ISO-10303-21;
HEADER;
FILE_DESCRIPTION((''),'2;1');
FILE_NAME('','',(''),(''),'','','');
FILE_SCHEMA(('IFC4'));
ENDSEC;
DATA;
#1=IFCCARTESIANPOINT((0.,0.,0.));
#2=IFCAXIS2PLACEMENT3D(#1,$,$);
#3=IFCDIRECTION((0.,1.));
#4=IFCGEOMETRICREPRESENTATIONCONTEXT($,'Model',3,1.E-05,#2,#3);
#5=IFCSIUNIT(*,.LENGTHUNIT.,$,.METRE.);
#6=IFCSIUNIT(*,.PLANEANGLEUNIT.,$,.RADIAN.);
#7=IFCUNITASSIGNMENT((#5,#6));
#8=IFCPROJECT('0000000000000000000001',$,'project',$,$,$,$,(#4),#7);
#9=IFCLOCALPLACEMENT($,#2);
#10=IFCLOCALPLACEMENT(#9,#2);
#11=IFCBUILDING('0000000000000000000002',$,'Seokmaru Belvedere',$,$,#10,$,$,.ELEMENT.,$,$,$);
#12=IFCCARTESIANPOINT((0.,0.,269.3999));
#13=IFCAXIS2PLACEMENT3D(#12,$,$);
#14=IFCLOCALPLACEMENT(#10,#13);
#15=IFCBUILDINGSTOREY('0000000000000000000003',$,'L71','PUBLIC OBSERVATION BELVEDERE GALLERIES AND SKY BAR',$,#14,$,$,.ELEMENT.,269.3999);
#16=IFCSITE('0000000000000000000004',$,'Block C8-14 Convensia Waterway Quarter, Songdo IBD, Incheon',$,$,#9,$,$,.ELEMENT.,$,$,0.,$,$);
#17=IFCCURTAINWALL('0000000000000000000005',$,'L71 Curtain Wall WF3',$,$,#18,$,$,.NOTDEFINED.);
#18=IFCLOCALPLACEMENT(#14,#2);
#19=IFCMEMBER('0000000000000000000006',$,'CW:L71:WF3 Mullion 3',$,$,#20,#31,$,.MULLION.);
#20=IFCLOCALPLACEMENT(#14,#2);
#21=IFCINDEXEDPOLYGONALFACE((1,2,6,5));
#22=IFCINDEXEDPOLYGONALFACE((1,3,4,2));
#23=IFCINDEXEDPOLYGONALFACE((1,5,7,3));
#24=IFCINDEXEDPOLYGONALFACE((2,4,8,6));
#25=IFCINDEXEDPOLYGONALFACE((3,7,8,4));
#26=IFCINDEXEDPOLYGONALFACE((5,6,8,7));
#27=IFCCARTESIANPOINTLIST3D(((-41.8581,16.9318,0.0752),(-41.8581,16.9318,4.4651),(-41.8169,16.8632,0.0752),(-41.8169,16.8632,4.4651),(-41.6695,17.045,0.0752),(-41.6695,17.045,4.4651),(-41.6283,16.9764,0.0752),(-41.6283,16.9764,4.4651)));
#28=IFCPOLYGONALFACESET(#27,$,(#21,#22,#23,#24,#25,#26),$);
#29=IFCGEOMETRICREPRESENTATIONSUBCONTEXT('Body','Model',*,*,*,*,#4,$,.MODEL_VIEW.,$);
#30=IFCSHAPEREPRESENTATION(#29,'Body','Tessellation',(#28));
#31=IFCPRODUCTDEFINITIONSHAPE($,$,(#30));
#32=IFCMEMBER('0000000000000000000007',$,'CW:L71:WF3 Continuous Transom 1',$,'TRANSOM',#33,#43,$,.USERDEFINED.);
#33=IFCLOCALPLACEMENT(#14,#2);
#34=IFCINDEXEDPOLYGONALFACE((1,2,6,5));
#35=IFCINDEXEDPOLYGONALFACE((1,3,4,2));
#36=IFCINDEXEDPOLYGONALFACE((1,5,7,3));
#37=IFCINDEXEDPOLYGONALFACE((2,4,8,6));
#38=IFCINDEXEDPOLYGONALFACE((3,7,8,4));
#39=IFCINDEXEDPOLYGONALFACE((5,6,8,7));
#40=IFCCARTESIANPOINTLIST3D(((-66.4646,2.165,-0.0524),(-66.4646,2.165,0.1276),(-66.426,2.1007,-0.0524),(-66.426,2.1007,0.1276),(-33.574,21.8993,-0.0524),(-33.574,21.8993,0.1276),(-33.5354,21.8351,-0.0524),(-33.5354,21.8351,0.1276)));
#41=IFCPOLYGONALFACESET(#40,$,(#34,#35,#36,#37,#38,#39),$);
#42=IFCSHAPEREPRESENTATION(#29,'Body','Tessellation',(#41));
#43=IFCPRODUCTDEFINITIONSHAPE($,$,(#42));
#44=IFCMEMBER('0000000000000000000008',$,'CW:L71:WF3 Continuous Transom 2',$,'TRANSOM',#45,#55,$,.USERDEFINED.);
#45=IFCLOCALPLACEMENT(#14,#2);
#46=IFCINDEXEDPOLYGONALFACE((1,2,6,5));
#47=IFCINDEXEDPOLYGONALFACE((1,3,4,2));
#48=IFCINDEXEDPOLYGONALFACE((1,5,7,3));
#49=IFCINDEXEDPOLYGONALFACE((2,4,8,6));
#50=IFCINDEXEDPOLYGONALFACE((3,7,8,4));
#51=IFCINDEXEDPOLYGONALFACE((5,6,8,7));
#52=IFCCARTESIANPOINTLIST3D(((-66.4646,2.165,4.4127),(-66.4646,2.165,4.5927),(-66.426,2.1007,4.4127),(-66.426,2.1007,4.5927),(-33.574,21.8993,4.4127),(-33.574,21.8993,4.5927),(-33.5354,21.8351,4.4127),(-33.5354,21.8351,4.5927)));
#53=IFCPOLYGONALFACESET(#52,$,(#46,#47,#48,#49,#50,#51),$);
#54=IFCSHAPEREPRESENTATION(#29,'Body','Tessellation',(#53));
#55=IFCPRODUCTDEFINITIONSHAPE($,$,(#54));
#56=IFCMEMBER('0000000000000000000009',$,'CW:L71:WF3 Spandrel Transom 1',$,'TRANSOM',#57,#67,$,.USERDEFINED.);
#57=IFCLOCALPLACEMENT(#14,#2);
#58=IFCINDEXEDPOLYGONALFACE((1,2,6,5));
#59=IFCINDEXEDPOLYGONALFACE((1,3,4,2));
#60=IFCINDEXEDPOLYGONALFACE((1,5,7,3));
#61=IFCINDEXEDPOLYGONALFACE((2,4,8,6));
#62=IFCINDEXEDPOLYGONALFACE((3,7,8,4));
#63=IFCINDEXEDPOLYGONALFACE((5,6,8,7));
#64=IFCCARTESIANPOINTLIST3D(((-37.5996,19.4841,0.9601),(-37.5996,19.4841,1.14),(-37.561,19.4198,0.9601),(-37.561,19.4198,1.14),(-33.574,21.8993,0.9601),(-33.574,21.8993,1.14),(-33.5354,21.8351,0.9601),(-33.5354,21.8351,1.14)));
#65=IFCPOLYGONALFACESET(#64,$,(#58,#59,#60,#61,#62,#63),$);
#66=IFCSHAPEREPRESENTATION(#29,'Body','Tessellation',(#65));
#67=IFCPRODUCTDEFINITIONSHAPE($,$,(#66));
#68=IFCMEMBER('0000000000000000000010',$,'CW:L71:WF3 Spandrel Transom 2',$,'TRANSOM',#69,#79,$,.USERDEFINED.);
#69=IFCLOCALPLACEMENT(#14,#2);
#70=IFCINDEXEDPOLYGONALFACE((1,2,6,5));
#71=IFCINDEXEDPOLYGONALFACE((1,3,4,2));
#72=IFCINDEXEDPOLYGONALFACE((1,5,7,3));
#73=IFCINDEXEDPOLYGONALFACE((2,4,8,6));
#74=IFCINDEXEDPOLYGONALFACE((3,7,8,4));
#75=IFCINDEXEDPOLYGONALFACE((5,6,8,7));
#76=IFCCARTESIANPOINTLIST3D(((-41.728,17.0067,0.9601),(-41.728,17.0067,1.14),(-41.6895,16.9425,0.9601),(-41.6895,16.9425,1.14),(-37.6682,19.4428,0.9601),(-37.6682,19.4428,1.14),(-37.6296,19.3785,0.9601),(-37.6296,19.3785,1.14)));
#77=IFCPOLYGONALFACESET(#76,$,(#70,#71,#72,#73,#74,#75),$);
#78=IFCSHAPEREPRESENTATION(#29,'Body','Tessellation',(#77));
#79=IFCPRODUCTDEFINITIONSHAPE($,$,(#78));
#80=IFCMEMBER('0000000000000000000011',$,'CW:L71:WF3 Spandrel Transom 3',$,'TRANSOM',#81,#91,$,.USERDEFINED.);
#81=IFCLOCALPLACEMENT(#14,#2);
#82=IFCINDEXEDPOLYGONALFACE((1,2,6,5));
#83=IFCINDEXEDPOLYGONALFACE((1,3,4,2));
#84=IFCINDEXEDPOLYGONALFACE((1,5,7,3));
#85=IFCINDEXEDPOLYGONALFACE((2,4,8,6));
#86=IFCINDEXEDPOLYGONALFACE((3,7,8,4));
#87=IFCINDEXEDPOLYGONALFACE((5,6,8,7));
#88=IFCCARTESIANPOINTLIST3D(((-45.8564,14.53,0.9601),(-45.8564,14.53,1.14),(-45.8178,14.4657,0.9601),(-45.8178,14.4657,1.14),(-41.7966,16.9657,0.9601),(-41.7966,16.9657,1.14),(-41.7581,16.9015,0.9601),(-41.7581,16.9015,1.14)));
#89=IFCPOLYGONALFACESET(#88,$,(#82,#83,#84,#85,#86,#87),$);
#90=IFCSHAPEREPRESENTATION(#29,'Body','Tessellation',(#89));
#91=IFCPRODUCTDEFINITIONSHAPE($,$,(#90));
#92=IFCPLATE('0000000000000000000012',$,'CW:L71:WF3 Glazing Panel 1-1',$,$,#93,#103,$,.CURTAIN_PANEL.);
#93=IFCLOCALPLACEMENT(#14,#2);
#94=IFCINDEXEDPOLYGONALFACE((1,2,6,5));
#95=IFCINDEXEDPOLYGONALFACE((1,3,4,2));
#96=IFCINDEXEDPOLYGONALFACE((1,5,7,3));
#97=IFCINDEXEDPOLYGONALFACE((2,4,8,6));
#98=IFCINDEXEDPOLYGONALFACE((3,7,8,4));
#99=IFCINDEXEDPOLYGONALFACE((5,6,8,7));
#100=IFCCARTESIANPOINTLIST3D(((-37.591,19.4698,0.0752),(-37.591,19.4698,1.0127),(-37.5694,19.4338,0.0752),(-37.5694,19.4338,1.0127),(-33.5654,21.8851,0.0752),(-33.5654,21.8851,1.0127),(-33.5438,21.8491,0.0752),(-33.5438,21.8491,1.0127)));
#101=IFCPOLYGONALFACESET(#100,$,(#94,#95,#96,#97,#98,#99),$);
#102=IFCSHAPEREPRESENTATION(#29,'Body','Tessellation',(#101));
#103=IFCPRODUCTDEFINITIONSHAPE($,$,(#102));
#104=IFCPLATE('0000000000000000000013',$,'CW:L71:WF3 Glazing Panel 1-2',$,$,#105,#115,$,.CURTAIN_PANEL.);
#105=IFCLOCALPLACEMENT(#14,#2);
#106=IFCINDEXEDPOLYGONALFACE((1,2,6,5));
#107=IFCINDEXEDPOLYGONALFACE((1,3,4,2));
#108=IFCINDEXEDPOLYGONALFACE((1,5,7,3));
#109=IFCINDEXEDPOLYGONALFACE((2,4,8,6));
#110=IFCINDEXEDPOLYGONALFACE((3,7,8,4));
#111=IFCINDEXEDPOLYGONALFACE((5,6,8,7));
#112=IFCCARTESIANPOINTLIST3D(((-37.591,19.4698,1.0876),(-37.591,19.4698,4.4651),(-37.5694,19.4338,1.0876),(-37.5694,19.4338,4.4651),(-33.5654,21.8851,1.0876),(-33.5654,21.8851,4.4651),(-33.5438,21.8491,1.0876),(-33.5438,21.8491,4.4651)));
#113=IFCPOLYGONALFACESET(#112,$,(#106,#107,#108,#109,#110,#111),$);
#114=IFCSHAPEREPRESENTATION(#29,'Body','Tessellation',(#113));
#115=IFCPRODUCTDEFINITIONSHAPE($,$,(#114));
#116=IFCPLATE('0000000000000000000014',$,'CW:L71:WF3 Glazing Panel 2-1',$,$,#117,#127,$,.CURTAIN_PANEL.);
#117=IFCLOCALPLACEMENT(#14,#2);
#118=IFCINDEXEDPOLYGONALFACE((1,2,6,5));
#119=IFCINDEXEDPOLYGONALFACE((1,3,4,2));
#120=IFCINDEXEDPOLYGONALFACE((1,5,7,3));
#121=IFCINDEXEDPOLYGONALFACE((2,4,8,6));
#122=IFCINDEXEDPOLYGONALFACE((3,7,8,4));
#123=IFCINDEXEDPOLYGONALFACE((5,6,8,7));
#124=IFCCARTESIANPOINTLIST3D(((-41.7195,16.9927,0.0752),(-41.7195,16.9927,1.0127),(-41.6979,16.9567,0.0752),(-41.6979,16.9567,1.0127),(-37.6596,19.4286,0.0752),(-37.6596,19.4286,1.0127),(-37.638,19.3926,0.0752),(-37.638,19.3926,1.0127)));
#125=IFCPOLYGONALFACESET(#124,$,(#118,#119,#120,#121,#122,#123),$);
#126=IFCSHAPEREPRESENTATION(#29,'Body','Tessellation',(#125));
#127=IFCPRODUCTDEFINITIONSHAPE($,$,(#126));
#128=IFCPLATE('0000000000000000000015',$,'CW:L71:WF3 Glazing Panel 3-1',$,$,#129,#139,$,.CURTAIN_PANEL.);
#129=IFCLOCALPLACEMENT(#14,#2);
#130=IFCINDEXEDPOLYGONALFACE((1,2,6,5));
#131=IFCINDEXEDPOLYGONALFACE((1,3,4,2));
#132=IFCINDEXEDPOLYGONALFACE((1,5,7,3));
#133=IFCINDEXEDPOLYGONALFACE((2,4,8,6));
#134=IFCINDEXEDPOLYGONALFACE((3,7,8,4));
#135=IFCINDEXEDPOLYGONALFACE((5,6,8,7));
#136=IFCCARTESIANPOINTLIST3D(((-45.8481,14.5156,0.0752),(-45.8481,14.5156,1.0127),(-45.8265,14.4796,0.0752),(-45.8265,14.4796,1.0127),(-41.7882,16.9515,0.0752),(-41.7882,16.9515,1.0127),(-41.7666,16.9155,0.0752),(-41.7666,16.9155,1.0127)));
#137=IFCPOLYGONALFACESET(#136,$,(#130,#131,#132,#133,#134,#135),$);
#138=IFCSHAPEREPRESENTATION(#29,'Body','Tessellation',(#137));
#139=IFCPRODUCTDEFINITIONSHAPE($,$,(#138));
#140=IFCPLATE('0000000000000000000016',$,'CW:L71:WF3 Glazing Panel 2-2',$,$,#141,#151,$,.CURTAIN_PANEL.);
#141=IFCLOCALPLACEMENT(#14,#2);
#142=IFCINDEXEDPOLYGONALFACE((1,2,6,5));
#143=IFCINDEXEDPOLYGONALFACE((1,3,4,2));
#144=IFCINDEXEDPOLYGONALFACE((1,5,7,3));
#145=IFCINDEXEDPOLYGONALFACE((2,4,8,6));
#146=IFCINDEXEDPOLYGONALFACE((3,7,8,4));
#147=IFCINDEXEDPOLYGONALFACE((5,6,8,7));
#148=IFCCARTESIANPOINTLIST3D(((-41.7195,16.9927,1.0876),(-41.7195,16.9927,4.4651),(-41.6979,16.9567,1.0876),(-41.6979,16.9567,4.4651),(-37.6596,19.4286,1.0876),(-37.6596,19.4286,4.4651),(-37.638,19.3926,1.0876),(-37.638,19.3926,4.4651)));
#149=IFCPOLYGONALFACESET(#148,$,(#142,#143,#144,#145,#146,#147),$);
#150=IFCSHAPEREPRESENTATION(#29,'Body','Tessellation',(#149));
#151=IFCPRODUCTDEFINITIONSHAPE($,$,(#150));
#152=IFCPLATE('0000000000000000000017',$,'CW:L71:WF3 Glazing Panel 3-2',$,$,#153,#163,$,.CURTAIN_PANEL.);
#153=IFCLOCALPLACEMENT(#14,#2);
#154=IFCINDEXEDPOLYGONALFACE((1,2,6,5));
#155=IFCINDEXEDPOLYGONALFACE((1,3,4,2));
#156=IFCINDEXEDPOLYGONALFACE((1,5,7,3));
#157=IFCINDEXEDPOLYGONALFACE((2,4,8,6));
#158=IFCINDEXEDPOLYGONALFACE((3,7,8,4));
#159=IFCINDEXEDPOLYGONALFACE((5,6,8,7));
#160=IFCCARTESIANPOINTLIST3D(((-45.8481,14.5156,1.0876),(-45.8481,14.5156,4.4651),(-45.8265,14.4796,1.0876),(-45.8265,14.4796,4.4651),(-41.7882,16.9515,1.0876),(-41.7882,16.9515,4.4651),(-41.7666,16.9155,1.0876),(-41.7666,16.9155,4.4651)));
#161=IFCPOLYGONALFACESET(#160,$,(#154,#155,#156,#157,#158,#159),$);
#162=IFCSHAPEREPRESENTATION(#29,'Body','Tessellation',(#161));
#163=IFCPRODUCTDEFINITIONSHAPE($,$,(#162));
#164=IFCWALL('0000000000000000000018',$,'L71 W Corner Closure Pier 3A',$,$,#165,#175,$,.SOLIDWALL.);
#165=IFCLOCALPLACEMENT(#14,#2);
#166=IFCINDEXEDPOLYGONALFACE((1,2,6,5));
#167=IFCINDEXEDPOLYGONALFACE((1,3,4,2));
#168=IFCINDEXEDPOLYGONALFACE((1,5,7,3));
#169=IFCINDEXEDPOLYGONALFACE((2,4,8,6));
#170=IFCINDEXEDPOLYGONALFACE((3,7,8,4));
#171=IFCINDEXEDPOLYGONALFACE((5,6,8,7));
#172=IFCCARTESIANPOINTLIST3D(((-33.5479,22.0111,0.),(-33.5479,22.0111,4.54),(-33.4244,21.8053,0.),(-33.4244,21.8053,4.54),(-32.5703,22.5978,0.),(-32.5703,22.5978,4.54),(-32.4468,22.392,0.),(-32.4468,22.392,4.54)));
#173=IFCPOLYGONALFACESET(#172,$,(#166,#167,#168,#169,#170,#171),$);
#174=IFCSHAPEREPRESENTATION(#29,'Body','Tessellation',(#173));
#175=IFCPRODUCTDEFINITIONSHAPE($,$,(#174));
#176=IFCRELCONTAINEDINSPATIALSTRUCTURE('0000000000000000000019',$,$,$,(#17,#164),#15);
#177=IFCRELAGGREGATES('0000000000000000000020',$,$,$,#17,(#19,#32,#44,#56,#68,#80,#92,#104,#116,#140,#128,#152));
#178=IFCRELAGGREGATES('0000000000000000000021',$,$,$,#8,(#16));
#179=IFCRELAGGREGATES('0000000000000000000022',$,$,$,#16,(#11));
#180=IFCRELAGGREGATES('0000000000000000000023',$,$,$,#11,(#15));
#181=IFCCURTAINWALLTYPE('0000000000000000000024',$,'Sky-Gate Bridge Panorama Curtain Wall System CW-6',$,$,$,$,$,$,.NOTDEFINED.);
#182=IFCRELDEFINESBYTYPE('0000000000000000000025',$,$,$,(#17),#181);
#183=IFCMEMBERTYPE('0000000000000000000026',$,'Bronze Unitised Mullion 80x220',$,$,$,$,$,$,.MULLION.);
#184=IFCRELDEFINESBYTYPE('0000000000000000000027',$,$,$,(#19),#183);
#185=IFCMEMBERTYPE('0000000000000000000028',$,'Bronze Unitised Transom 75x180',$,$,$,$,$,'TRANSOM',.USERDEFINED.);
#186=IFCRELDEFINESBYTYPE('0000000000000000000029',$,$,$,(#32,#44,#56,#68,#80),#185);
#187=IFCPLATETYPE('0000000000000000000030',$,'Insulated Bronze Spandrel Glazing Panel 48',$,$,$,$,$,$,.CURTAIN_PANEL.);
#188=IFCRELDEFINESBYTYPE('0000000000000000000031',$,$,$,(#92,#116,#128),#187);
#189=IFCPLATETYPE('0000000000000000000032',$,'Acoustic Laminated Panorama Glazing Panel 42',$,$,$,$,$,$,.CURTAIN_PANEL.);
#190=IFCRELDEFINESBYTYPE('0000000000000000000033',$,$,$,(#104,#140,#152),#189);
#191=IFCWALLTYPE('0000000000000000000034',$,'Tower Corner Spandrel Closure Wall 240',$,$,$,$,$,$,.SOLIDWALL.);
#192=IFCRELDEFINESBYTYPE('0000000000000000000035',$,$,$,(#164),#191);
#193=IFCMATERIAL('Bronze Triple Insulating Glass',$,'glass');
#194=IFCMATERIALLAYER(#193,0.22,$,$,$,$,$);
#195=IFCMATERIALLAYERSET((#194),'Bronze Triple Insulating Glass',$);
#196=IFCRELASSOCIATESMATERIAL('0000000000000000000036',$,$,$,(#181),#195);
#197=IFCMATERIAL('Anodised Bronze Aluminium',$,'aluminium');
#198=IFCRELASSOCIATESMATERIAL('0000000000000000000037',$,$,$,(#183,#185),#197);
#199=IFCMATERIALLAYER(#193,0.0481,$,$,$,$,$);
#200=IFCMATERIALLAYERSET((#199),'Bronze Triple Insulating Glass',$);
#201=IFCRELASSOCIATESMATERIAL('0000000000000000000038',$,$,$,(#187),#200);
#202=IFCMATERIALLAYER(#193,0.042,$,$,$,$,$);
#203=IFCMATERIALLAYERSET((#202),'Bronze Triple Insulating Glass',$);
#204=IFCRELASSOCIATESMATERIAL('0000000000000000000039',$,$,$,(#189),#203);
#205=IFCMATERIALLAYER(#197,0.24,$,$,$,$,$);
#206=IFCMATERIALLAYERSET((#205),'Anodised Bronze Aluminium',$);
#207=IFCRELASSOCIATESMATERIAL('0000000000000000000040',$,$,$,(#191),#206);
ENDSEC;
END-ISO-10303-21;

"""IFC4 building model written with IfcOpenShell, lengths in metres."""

from ifc_helpers import new_model, si_unit, direction, frame, frame_2d, origin, origin_2d, place, context, subcontext, project, spatial, rectangle, extrude, source, transform, mapped, material, layer, layer_set, material_profile, profile_set, type_object, type_shapes, element, aggregate, save


model = new_model("IFC4")

# Units and contexts
model_context = context("Model", 3, precision=1e-05, world=origin(), true_north=direction((0.0, 1.0)))
body_context = subcontext(model_context, "Body", "Model", "MODEL_VIEW")
ifc_project = project(units=[si_unit("LENGTHUNIT", "METRE"), si_unit("PLANEANGLEUNIT", "RADIAN")], contexts=[model_context])

# Site, building, storey
site_placement = place(None, origin())
site = spatial("IfcSite", under=ifc_project, at=site_placement, Name="Block C8-14 Convensia Waterway Quarter, Songdo IBD, Incheon", CompositionType="ELEMENT", RefElevation=0.0)
building_placement = place(site_placement, origin())
building = spatial("IfcBuilding", under=site, at=building_placement, Name="Seokmaru Belvedere", CompositionType="ELEMENT")
storey_placement = place(building_placement, frame((0.0, 0.0, 269.3999)))
storey = spatial("IfcBuildingStorey", under=building, at=storey_placement, Name="L71", Description="PUBLIC OBSERVATION BELVEDERE GALLERIES AND SKY BAR", CompositionType="ELEMENT", Elevation=269.3999)

# Curtain wall, members, plates
ifc_material_1 = material(Name="Bronze Triple Insulating Glass", Category="glass")
ifc_layer_1 = layer(ifc_material_1, 0.22)
ifc_layer_set_1 = layer_set([ifc_layer_1], Name="Bronze Triple Insulating Glass")
curtain_wall_type = type_object("IfcCurtainWallType", Name="Sky-Gate Bridge Panorama Curtain Wall System CW-6", PredefinedType="NOTDEFINED", material=ifc_layer_set_1)
curtain_wall_placement = place(storey_placement, origin())
curtain_wall = element("IfcCurtainWall", 1, at=curtain_wall_placement, inside=storey, type_object=curtain_wall_type, Name="L71 Curtain Wall WF3", PredefinedType="NOTDEFINED")
ifc_material_2 = material(Name="Anodised Bronze Aluminium", Category="aluminium")
ifc_material_profile_1 = material_profile(ifc_material_2, rectangle(XDim=0.0801, YDim=0.22, at=origin_2d()), Name="CW-M-80x220")
ifc_profile_set_1 = profile_set([ifc_material_profile_1], Name="Anodised Bronze Aluminium")
member_type_1 = type_object("IfcMemberType", Name="Bronze Unitised Mullion 80x220", PredefinedType="MULLION", material=ifc_profile_set_1)
shared_shape_1 = source(origin(), body_context, "Body", "SweptSolid", [
    extrude(rectangle(XDim=0.0801, YDim=0.22, at=origin_2d()), origin(), (0.0, 0.0, 1.0), 4.3899),
])
member_1_placement = place(storey_placement, frame((-41.7432, 16.9541, 0.0752), z_axis=(0.0, 0.0, 1.0), x_axis=(0.514495, -0.857493, 0.0)))
member_1 = element("IfcMember", 2, at=member_1_placement, type_object=member_type_1, Name="CW:L71:WF3 Mullion 3", PredefinedType="MULLION", context=body_context, shape_type="MappedRepresentation", body=[
    mapped(shared_shape_1, transform((0.0, 0.0, 0.0), scale=1.0)),
])
ifc_material_profile_2 = material_profile(ifc_material_2, rectangle(XDim=0.075, YDim=0.1799, at=origin_2d()), Name="CW-T-75x180")
ifc_profile_set_2 = profile_set([ifc_material_profile_2], Name="Anodised Bronze Aluminium")
member_type_2 = type_object("IfcMemberType", Name="Bronze Unitised Transom 75x180", ElementType="TRANSOM", PredefinedType="USERDEFINED", material=ifc_profile_set_2)
shared_shape_2 = source(origin(), body_context, "Body", "SweptSolid", [
    extrude(rectangle(XDim=0.075, YDim=0.1799, at=origin_2d()), origin(), (0.0, 0.0, 1.0), 38.3567),
])
member_2_placement = place(storey_placement, frame((-33.5547, 21.8672, 0.0376), z_axis=(-0.857493, -0.514496, 0.0), x_axis=(0.514496, -0.857493, 0.0)))
member_2 = element("IfcMember", 3, at=member_2_placement, type_object=member_type_2, Name="CW:L71:WF3 Continuous Transom 1", ObjectType="TRANSOM", PredefinedType="USERDEFINED", context=body_context, shape_type="MappedRepresentation", body=[
    mapped(shared_shape_2, transform((0.0, 0.0, 0.0), scale=1.0)),
])
member_3_placement = place(storey_placement, frame((-33.5547, 21.8672, 4.5027), z_axis=(-0.857493, -0.514496, 0.0), x_axis=(0.514496, -0.857493, 0.0)))
member_3 = element("IfcMember", 4, at=member_3_placement, type_object=member_type_2, Name="CW:L71:WF3 Continuous Transom 2", ObjectType="TRANSOM", PredefinedType="USERDEFINED", context=body_context, shape_type="MappedRepresentation", body=[
    mapped(shared_shape_2, transform((0.0, 0.0, 0.0), scale=1.0)),
])
shared_shape_3 = source(origin(), body_context, "Body", "SweptSolid", [
    extrude(rectangle(XDim=0.075, YDim=0.1799, at=origin_2d()), origin(), (0.0, 0.0, 1.0), 4.6946),
])
member_4_placement = place(storey_placement, frame((-33.5547, 21.8672, 1.05), z_axis=(-0.857502, -0.51448, 0.0), x_axis=(0.51448, -0.857502, 0.0)))
member_4 = element("IfcMember", 5, at=member_4_placement, type_object=member_type_2, Name="CW:L71:WF3 Spandrel Transom 1", ObjectType="TRANSOM", PredefinedType="USERDEFINED", context=body_context, shape_type="MappedRepresentation", body=[
    mapped(shared_shape_3, transform((0.0, 0.0, 0.0), scale=1.0)),
])
shared_shape_4 = source(origin(), body_context, "Body", "SweptSolid", [
    extrude(rectangle(XDim=0.075, YDim=0.1799, at=origin_2d()), origin(), (0.0, 0.0, 1.0), 4.7346),
])
member_5_placement = place(storey_placement, frame((-37.6489, 19.4106, 1.05), z_axis=(-0.857479, -0.514519, 0.0), x_axis=(0.514519, -0.857479, 0.0)))
member_5 = element("IfcMember", 6, at=member_5_placement, type_object=member_type_2, Name="CW:L71:WF3 Spandrel Transom 2", ObjectType="TRANSOM", PredefinedType="USERDEFINED", context=body_context, shape_type="MappedRepresentation", body=[
    mapped(shared_shape_4, transform((0.0, 0.0, 0.0), scale=1.0)),
])
shared_shape_5 = source(origin(), body_context, "Body", "SweptSolid", [
    extrude(rectangle(XDim=0.075, YDim=0.1799, at=origin_2d()), origin(), (0.0, 0.0, 1.0), 4.7344),
])
type_shapes(member_type_2, [shared_shape_2, shared_shape_3, shared_shape_4, shared_shape_5])
member_6_placement = place(storey_placement, frame((-41.7773, 16.9336, 1.05), z_axis=(-0.857502, -0.514481, 0.0), x_axis=(0.514481, -0.857502, 0.0)))
member_6 = element("IfcMember", 7, at=member_6_placement, type_object=member_type_2, Name="CW:L71:WF3 Spandrel Transom 3", ObjectType="TRANSOM", PredefinedType="USERDEFINED", context=body_context, shape_type="MappedRepresentation", body=[
    mapped(shared_shape_5, transform((0.0, 0.0, 0.0), scale=1.0)),
])
ifc_layer_2 = layer(ifc_material_1, 0.0481)
ifc_layer_set_2 = layer_set([ifc_layer_2], Name="Bronze Triple Insulating Glass")
plate_type_1 = type_object("IfcPlateType", Name="Insulated Bronze Spandrel Glazing Panel 48", PredefinedType="CURTAIN_PANEL", material=ifc_layer_set_2)
shared_shape_6 = source(origin(), body_context, "Body", "SweptSolid", [
    extrude(rectangle(XDim=4.6946, YDim=0.042, at=origin_2d()), origin(), (0.0, 0.0, 1.0), 0.9375),
])
plate_1_placement = place(storey_placement, frame((-35.5674, 20.6594, 0.0752), z_axis=(0.0, 0.0, 1.0), x_axis=(-0.857493, -0.514495, 0.0)))
plate_1 = element("IfcPlate", 8, at=plate_1_placement, type_object=plate_type_1, Name="CW:L71:WF3 Glazing Panel 1-1", PredefinedType="CURTAIN_PANEL", context=body_context, shape_type="MappedRepresentation", body=[
    mapped(shared_shape_6, transform((0.0, 0.0, 0.0), scale=1.0)),
])
ifc_layer_3 = layer(ifc_material_1, 0.042)
ifc_layer_set_3 = layer_set([ifc_layer_3], Name="Bronze Triple Insulating Glass")
plate_type_2 = type_object("IfcPlateType", Name="Acoustic Laminated Panorama Glazing Panel 42", PredefinedType="CURTAIN_PANEL", material=ifc_layer_set_3)
shared_shape_7 = source(origin(), body_context, "Body", "SweptSolid", [
    extrude(rectangle(XDim=4.6946, YDim=0.042, at=origin_2d()), origin(), (0.0, 0.0, 1.0), 3.3774),
])
plate_2_placement = place(storey_placement, frame((-35.5674, 20.6594, 1.0876), z_axis=(0.0, 0.0, 1.0), x_axis=(-0.857493, -0.514495, 0.0)))
plate_2 = element("IfcPlate", 9, at=plate_2_placement, type_object=plate_type_2, Name="CW:L71:WF3 Glazing Panel 1-2", PredefinedType="CURTAIN_PANEL", context=body_context, shape_type="MappedRepresentation", body=[
    mapped(shared_shape_7, transform((0.0, 0.0, 0.0), scale=1.0)),
])
shared_shape_8 = source(origin(), body_context, "Body", "SweptSolid", [
    extrude(rectangle(XDim=4.7346, YDim=0.042, at=origin_2d()), origin(), (0.0, 0.0, 1.0), 0.9375),
])
type_shapes(plate_type_1, [shared_shape_6, shared_shape_8])
plate_3_placement = place(storey_placement, frame((-39.6787, 18.1926, 0.0752), z_axis=(0.0, 0.0, 1.0), x_axis=(-0.857493, -0.514495, 0.0)))
plate_3 = element("IfcPlate", 10, at=plate_3_placement, type_object=plate_type_1, Name="CW:L71:WF3 Glazing Panel 2-1", PredefinedType="CURTAIN_PANEL", context=body_context, shape_type="MappedRepresentation", body=[
    mapped(shared_shape_8, transform((0.0, 0.0, 0.0), scale=1.0)),
])
plate_4_placement = place(storey_placement, frame((-43.8074, 15.7156, 0.0752), z_axis=(0.0, 0.0, 1.0), x_axis=(-0.857493, -0.514495, 0.0)))
plate_4 = element("IfcPlate", 11, at=plate_4_placement, type_object=plate_type_1, Name="CW:L71:WF3 Glazing Panel 3-1", PredefinedType="CURTAIN_PANEL", context=body_context, shape_type="MappedRepresentation", body=[
    mapped(shared_shape_8, transform((0.0, 0.0, 0.0), scale=1.0)),
])
shared_shape_9 = source(origin(), body_context, "Body", "SweptSolid", [
    extrude(rectangle(XDim=4.7346, YDim=0.042, at=origin_2d()), origin(), (0.0, 0.0, 1.0), 3.3774),
])
type_shapes(plate_type_2, [shared_shape_7, shared_shape_9])
plate_5_placement = place(storey_placement, frame((-39.6787, 18.1926, 1.0876), z_axis=(0.0, 0.0, 1.0), x_axis=(-0.857493, -0.514495, 0.0)))
plate_5 = element("IfcPlate", 12, at=plate_5_placement, type_object=plate_type_2, Name="CW:L71:WF3 Glazing Panel 2-2", PredefinedType="CURTAIN_PANEL", context=body_context, shape_type="MappedRepresentation", body=[
    mapped(shared_shape_9, transform((0.0, 0.0, 0.0), scale=1.0)),
])
plate_6_placement = place(storey_placement, frame((-43.8074, 15.7156, 1.0876), z_axis=(0.0, 0.0, 1.0), x_axis=(-0.857493, -0.514495, 0.0)))
plate_6 = element("IfcPlate", 13, at=plate_6_placement, type_object=plate_type_2, Name="CW:L71:WF3 Glazing Panel 3-2", PredefinedType="CURTAIN_PANEL", context=body_context, shape_type="MappedRepresentation", body=[
    mapped(shared_shape_9, transform((0.0, 0.0, 0.0), scale=1.0)),
])
aggregate(curtain_wall, [member_1, member_2, member_3, member_4, member_5, member_6, plate_1, plate_2, plate_3, plate_5, plate_4, plate_6])

# Wall
ifc_layer_4 = layer(ifc_material_2, 0.24)
ifc_layer_set_4 = layer_set([ifc_layer_4], Name="Anodised Bronze Aluminium")
wall_type_1 = type_object("IfcWallType", Name="Tower Corner Spandrel Closure Wall 240", PredefinedType="SOLIDWALL", material=ifc_layer_set_4)
wall_1_placement = place(storey_placement, frame((-32.5085, 22.4949, 0.0), z_axis=(0.0, 0.0, 1.0), x_axis=(-0.857436, -0.51459, 0.0)))
element("IfcWall", 14, at=wall_1_placement, inside=storey, type_object=wall_type_1, Name="L71 W Corner Closure Pier 3A", PredefinedType="SOLIDWALL", context=body_context, shape_type="SweptSolid", body=[
    extrude(rectangle(XDim=1.1401, YDim=0.24, at=frame_2d((0.5701, 0.0))), origin(), (0.0, 0.0, 1.0), 4.54),
])

save(model, "model.ifc")
